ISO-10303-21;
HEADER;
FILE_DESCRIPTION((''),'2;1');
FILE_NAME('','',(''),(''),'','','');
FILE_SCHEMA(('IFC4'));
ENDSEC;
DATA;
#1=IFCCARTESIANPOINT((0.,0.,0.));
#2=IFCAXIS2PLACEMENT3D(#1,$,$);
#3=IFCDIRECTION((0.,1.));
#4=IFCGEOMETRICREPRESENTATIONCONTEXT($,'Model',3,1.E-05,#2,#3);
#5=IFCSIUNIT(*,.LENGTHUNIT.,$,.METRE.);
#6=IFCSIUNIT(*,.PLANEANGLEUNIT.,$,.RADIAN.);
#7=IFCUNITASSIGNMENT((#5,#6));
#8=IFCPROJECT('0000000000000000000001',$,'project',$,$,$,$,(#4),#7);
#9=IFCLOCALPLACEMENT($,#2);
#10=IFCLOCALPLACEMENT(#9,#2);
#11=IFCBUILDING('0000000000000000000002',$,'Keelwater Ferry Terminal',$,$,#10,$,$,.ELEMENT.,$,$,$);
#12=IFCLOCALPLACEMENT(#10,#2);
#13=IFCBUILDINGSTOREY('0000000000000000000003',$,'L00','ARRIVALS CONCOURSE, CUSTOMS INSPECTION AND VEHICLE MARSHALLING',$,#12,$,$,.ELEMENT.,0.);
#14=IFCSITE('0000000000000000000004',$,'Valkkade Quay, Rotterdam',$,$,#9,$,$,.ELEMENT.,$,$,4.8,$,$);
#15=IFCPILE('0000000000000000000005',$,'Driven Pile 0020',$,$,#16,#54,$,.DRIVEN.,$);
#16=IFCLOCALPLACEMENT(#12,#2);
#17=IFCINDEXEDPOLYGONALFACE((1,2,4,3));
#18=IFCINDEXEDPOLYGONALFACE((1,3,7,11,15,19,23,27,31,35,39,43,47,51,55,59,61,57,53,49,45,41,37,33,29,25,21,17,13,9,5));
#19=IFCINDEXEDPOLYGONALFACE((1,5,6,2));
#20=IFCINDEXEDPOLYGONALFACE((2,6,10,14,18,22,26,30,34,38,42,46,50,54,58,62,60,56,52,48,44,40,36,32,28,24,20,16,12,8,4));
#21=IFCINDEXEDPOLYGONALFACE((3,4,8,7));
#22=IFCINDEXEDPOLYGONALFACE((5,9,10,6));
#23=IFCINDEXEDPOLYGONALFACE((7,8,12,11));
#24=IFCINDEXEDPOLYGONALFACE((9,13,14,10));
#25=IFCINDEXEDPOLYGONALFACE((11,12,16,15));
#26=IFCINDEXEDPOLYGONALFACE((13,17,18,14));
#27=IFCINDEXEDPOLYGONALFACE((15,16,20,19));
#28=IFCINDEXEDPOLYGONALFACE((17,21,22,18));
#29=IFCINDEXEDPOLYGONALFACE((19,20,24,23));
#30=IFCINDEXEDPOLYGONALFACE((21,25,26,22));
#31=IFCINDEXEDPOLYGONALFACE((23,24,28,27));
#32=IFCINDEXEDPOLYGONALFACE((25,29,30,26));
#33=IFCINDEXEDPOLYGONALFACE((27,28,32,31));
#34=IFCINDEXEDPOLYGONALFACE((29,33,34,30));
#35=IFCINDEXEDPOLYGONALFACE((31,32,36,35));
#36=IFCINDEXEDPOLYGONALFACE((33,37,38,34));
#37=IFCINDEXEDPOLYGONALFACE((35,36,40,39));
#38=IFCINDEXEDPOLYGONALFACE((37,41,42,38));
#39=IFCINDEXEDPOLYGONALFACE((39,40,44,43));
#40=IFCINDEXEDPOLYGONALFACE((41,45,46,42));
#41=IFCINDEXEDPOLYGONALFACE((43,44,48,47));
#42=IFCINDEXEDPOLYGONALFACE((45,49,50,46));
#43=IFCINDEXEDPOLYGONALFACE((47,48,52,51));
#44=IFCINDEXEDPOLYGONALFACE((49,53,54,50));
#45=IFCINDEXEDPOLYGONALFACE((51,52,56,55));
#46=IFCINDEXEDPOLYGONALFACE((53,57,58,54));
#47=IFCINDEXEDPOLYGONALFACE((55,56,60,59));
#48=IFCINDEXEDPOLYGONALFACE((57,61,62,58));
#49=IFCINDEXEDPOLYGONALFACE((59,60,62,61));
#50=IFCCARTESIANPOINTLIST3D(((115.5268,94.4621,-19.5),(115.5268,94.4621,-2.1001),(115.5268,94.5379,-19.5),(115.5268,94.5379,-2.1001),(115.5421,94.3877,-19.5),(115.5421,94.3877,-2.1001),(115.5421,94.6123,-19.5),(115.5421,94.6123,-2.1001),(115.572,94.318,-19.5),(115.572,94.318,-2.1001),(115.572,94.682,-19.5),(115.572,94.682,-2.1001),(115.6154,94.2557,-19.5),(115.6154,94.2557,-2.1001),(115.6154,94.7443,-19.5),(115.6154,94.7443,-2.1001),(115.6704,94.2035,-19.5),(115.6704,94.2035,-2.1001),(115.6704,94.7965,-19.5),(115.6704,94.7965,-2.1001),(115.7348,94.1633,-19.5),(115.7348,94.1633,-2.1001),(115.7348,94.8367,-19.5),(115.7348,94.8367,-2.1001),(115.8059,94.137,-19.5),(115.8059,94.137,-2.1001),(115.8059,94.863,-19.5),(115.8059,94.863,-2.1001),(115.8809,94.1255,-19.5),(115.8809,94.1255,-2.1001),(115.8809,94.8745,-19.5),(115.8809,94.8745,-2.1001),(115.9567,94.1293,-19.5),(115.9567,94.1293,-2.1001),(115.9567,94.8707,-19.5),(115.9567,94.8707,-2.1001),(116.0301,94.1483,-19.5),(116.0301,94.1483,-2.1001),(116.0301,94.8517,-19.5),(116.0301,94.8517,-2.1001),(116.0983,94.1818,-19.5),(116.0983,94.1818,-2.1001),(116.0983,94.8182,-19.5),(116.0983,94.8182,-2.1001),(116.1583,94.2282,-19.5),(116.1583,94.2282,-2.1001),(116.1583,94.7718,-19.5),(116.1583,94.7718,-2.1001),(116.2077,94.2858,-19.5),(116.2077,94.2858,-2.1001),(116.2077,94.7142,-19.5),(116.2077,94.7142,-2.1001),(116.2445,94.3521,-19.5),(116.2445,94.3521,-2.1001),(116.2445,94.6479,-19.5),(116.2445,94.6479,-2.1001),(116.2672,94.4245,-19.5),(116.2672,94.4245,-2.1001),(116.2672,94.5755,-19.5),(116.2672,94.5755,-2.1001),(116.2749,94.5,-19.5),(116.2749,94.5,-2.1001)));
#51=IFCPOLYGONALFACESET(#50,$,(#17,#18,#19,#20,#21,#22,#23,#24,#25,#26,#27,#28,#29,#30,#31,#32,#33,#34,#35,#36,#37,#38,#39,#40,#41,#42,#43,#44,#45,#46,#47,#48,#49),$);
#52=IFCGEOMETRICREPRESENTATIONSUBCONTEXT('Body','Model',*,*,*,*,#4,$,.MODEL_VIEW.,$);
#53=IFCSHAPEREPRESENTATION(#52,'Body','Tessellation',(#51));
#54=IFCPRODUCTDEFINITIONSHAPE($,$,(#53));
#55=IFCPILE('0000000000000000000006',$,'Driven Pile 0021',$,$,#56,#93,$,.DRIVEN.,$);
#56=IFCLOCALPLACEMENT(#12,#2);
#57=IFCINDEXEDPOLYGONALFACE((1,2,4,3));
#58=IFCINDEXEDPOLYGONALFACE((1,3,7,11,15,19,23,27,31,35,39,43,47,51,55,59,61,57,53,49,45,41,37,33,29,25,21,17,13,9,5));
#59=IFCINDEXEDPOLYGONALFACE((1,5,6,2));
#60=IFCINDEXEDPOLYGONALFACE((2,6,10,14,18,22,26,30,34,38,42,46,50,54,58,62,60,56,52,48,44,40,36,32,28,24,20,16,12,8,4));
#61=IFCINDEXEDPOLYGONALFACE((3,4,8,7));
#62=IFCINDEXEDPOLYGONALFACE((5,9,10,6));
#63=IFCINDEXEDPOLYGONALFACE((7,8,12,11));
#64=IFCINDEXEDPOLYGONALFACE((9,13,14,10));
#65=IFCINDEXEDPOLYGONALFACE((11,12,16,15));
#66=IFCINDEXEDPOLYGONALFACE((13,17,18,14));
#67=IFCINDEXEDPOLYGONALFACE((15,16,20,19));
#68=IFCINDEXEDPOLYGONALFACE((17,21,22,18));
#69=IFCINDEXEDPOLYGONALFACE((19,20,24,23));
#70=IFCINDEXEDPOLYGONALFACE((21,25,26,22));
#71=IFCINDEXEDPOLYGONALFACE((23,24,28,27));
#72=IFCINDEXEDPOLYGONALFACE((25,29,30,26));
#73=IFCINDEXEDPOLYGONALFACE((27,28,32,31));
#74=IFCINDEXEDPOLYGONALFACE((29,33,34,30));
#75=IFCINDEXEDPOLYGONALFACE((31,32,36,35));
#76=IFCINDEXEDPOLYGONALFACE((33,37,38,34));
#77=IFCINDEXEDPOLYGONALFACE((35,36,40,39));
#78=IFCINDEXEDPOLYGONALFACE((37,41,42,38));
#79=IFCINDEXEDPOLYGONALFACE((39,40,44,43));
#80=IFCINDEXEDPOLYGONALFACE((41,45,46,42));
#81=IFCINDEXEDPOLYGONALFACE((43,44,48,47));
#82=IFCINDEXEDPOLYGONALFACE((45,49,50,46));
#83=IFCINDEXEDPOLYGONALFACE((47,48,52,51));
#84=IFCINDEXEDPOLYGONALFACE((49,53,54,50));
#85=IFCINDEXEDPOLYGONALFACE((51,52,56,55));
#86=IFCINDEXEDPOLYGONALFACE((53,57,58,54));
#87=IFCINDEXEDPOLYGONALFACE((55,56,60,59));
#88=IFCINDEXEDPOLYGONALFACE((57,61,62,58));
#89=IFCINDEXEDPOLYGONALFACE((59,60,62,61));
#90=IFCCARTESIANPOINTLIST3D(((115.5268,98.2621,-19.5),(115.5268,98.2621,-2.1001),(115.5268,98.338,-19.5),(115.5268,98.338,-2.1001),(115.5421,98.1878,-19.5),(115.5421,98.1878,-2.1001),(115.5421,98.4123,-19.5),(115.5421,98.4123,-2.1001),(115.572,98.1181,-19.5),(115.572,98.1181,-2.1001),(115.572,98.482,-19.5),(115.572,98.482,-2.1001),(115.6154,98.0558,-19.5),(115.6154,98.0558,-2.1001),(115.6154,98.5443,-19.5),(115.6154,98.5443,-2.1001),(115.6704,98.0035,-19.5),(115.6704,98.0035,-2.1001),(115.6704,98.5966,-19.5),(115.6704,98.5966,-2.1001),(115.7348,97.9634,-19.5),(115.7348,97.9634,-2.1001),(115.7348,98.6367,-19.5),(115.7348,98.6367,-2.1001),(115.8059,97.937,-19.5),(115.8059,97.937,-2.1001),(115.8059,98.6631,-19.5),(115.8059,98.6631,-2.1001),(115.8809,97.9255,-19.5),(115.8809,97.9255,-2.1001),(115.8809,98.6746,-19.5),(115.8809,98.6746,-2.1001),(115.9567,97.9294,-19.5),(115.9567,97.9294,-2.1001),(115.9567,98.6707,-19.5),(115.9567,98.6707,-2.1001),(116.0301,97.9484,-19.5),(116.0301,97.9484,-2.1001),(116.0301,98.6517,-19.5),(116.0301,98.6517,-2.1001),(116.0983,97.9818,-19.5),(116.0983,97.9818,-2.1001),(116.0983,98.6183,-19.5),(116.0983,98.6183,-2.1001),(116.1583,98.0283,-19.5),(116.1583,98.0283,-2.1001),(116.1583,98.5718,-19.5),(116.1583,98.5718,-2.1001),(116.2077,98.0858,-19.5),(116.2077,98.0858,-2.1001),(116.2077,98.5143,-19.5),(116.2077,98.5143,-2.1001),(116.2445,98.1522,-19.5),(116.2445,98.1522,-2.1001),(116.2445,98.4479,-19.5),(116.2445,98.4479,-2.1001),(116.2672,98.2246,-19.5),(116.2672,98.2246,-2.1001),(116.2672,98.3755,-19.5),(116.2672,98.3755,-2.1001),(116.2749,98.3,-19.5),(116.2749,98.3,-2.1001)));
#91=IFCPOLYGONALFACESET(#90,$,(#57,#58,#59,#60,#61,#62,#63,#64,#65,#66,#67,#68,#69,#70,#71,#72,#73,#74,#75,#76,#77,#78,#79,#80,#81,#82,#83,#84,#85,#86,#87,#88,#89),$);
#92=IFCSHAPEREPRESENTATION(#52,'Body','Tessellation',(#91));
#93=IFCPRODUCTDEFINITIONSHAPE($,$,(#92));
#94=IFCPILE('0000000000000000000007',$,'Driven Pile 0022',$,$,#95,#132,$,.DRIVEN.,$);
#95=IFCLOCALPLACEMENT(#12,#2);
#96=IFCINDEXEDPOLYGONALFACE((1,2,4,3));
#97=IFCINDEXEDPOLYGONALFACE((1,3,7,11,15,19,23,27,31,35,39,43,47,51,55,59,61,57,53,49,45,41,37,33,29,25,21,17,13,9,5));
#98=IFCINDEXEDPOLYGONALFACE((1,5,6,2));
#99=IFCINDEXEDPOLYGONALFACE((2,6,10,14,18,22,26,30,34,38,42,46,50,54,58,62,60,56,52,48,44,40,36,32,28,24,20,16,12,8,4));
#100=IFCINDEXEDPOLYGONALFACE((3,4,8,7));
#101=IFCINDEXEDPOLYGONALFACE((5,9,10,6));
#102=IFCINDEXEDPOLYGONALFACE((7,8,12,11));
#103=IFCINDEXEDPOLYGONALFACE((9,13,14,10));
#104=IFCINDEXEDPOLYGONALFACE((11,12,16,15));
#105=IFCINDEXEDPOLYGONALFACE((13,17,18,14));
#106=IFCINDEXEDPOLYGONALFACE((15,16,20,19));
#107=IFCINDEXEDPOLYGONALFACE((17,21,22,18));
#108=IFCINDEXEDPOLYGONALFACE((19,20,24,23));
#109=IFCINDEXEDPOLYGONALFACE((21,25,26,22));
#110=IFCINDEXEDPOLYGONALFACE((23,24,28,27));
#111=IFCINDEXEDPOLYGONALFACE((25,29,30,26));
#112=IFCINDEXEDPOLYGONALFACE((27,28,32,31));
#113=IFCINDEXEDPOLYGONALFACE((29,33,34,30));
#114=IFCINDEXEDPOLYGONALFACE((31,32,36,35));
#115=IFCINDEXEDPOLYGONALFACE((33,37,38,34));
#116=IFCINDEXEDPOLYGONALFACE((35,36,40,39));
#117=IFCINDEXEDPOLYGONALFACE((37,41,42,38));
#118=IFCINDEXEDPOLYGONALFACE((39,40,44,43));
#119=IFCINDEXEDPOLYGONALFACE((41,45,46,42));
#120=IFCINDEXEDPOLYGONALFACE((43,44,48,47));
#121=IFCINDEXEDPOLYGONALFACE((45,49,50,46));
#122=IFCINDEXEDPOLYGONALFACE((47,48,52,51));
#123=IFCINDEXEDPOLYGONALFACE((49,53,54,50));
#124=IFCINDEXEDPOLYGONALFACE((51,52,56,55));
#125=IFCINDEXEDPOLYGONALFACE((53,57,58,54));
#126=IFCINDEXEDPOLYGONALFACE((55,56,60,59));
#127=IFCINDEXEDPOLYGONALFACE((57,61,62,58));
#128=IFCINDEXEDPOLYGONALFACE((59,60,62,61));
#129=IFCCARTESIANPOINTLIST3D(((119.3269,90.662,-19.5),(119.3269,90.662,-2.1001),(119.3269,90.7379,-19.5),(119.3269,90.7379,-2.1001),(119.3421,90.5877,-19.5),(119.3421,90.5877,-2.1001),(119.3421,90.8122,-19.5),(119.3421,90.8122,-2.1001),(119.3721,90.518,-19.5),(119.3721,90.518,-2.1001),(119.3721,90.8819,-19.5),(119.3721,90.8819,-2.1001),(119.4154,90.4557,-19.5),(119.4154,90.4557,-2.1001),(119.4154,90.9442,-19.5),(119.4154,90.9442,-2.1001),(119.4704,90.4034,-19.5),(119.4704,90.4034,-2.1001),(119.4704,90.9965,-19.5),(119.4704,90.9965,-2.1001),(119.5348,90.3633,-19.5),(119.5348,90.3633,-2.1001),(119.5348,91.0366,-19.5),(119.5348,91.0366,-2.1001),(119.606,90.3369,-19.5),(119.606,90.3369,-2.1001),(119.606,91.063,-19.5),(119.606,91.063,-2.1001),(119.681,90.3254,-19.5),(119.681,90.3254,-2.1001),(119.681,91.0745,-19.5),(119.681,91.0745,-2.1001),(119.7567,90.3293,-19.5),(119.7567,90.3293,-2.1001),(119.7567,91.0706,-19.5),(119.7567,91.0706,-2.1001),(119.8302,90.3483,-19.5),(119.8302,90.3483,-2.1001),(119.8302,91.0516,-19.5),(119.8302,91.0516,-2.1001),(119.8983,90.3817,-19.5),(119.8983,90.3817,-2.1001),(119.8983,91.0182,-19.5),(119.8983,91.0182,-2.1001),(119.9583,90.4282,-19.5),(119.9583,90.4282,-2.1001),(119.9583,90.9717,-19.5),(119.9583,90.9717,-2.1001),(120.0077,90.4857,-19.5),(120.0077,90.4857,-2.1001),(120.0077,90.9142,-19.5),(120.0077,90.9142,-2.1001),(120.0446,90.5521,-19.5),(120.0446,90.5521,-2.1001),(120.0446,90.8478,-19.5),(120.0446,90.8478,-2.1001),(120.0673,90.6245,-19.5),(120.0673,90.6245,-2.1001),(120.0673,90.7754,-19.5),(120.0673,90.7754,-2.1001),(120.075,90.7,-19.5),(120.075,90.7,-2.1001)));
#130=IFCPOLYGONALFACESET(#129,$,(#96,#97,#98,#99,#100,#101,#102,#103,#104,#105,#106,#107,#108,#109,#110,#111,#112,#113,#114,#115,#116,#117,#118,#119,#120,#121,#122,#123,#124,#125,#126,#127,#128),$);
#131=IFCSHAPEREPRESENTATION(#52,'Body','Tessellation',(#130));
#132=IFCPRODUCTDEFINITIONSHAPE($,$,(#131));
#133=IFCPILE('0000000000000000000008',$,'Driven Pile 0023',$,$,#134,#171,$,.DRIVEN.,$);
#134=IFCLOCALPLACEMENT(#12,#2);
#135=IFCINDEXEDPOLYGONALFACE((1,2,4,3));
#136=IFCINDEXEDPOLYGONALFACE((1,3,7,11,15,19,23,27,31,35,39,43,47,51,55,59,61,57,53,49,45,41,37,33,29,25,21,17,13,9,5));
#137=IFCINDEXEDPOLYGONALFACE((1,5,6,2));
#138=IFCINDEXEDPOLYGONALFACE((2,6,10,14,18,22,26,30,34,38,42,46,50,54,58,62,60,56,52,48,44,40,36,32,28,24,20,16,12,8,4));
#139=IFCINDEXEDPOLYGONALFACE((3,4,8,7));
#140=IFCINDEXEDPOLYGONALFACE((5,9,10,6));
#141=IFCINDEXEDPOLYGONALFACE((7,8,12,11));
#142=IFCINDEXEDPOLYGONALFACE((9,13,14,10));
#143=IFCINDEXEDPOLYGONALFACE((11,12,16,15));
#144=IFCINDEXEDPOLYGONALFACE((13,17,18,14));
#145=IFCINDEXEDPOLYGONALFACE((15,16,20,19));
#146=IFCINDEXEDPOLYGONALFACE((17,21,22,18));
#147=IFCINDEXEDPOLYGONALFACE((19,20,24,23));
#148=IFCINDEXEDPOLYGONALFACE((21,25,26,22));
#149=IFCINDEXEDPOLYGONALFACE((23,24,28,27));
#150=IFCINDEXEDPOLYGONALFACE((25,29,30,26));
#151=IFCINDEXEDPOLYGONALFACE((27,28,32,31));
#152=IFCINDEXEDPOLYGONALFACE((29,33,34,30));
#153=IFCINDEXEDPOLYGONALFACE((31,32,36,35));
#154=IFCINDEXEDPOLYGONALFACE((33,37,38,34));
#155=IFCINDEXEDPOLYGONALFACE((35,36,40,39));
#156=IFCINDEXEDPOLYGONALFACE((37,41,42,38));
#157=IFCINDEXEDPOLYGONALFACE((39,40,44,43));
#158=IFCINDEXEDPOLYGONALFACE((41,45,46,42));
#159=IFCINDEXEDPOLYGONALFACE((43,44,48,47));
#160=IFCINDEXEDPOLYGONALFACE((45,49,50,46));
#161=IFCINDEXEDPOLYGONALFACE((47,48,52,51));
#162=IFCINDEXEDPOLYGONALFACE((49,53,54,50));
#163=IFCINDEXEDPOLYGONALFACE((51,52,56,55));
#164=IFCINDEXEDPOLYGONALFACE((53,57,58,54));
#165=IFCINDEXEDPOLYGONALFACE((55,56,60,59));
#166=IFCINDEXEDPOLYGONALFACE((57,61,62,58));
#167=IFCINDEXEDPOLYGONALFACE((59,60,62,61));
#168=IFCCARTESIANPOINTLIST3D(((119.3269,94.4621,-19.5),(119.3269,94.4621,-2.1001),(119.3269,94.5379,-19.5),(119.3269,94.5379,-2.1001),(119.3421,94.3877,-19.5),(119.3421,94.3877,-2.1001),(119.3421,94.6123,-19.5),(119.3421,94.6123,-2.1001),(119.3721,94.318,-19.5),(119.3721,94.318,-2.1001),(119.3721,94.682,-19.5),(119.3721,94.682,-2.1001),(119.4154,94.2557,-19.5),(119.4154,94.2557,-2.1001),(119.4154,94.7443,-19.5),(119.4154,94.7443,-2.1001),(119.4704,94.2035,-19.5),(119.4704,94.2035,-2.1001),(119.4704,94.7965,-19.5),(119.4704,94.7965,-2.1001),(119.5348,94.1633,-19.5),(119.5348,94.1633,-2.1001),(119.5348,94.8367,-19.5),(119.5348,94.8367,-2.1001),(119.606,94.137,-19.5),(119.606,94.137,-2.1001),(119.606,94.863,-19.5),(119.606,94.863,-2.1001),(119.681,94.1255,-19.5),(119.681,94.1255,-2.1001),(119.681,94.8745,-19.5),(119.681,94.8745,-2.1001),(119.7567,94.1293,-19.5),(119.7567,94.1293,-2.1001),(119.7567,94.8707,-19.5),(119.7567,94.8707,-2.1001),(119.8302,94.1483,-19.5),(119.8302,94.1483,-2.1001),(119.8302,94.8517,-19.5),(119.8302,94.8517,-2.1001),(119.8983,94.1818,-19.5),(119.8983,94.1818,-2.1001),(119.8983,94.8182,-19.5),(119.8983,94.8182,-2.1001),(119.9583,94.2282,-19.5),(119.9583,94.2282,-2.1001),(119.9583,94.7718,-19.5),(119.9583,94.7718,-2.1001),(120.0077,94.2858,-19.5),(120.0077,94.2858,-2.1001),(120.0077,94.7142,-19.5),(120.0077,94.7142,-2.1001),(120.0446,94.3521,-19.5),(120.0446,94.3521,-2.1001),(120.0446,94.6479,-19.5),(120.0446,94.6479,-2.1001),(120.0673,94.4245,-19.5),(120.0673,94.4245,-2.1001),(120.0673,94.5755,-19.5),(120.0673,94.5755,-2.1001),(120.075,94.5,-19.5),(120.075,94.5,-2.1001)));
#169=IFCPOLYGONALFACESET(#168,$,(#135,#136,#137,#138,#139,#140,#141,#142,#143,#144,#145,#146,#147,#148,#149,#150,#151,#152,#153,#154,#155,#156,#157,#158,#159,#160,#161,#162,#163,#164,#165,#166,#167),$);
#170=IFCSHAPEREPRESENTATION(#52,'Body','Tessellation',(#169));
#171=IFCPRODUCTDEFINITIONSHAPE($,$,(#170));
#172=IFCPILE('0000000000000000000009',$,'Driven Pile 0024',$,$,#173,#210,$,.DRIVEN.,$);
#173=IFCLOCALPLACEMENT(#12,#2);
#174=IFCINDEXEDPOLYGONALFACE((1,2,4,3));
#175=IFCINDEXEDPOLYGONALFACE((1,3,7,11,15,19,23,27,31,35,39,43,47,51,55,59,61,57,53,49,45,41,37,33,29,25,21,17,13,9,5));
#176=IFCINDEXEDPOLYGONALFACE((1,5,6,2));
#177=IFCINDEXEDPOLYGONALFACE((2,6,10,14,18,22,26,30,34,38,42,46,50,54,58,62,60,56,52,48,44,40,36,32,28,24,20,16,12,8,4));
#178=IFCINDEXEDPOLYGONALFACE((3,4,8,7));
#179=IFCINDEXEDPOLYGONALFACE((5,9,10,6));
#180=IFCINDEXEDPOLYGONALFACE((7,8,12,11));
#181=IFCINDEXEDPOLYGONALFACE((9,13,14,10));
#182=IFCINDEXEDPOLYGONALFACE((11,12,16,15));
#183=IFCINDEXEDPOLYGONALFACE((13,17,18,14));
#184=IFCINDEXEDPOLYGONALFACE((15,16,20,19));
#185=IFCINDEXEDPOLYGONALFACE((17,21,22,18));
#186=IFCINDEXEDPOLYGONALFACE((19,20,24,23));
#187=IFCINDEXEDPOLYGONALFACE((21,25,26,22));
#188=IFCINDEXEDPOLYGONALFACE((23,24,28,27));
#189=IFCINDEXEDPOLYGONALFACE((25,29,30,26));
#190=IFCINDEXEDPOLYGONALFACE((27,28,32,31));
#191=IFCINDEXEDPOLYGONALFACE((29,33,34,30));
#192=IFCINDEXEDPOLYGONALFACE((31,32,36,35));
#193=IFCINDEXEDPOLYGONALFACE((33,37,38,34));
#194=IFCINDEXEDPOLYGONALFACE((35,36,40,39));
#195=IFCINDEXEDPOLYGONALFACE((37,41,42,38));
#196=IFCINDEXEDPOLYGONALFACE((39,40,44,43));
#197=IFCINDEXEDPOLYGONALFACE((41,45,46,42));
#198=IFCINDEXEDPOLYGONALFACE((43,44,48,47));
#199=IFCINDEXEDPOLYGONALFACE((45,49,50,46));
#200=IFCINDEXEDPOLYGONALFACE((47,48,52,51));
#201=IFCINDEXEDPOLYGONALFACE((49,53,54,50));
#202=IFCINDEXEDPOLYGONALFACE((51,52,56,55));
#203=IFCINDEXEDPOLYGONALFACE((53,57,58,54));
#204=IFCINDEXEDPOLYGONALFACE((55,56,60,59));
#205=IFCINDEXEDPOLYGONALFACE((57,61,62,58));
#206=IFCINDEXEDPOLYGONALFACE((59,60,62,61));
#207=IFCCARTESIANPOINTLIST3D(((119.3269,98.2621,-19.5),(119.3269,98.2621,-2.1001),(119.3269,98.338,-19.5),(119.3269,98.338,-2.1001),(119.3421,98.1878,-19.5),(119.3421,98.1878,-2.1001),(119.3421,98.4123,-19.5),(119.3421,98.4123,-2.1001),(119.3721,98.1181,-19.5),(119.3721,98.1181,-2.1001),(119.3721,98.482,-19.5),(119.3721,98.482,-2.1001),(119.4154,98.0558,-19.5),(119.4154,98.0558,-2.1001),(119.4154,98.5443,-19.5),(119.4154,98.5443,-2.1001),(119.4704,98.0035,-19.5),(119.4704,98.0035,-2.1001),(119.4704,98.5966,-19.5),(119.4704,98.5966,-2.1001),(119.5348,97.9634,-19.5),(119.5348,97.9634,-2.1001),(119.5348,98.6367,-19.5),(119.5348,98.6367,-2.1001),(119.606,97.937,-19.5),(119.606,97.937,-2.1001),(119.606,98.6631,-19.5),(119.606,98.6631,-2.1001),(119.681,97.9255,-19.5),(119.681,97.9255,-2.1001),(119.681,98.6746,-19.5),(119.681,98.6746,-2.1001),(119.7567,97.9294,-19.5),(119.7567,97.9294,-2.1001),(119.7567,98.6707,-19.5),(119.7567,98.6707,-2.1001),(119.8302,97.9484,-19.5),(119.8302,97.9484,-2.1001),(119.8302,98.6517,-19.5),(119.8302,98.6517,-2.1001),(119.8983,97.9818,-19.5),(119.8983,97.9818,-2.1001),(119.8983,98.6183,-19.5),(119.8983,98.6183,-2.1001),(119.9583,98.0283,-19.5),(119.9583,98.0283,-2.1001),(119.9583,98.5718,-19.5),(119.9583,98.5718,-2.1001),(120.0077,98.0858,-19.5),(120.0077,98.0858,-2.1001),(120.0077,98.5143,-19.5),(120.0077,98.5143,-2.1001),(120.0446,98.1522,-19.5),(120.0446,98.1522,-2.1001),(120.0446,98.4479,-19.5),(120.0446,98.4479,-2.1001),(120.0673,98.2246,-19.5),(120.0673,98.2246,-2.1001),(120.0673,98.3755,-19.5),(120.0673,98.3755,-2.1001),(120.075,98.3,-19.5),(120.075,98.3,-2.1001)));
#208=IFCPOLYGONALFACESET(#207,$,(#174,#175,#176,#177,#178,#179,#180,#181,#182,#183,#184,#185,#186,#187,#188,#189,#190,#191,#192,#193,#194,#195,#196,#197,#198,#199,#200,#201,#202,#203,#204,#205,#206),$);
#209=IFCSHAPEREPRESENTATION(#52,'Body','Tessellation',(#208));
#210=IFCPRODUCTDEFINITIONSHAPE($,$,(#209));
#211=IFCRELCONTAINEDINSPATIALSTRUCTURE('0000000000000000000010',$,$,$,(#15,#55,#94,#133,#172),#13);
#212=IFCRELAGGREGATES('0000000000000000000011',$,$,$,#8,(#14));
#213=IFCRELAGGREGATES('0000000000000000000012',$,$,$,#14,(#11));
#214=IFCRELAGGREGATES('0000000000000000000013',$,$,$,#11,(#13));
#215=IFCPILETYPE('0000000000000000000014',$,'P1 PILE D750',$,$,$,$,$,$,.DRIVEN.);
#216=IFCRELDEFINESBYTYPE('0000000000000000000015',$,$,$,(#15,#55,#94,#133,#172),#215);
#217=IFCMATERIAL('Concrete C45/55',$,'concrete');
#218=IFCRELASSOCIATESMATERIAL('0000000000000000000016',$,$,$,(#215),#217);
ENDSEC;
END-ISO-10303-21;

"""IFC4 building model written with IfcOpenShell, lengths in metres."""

from ifc_helpers import new_model, si_unit, direction, frame, origin, origin_2d, place, context, subcontext, project, spatial, circle, extrude, material, material_profile, profile_set, type_object, element, save


model = new_model("IFC4")

# Units and contexts
model_context = context("Model", 3, precision=1e-05, world=origin(), true_north=direction((0.0, 1.0)))
body_context = subcontext(model_context, "Body", "Model", "MODEL_VIEW")
ifc_project = project(units=[si_unit("LENGTHUNIT", "METRE"), si_unit("PLANEANGLEUNIT", "RADIAN")], contexts=[model_context])

# Site, building, storey
site_placement = place(None, origin())
site = spatial("IfcSite", under=ifc_project, at=site_placement, Name="Valkkade Quay, Rotterdam", CompositionType="ELEMENT", RefElevation=4.8)
building_placement = place(site_placement, origin())
building = spatial("IfcBuilding", under=site, at=building_placement, Name="Keelwater Ferry Terminal", CompositionType="ELEMENT")
storey_placement = place(building_placement, origin())
storey = spatial("IfcBuildingStorey", under=building, at=storey_placement, Name="L00", Description="ARRIVALS CONCOURSE, CUSTOMS INSPECTION AND VEHICLE MARSHALLING", CompositionType="ELEMENT", Elevation=0.0)

# Piles
ifc_material_1 = material(Name="Concrete C45/55", Category="concrete")
ifc_material_profile_1 = material_profile(ifc_material_1, circle(Radius=0.375, at=origin_2d()), Name="PILE D750")
ifc_profile_set_1 = profile_set([ifc_material_profile_1], Name="Concrete C45/55")
pile_type = type_object("IfcPileType", Name="P1 PILE D750", PredefinedType="DRIVEN", material=ifc_profile_set_1)
for number, where, z_axis, x_axis, name in (
    (1, (115.8999, 94.5, -2.1001), (0.0, 0.0, -1.0), (1.0, 0.0, 0.0), "Driven Pile 0020"),
    (2, (115.8999, 98.3, -2.1001), (0.0, 0.0, -1.0), (1.0, 0.0, 0.0), "Driven Pile 0021"),
    (3, (119.7, 90.7, -2.1001), (0.0, 0.0, -1.0), (1.0, 0.0, 0.0), "Driven Pile 0022"),
    (4, (119.7, 94.5, -2.1001), (0.0, 0.0, -1.0), (1.0, 0.0, 0.0), "Driven Pile 0023"),
    (5, (119.7, 98.3, -2.1001), (0.0, 0.0, -1.0), (1.0, 0.0, 0.0), "Driven Pile 0024"),
):
    element("IfcPile", number, at=place(storey_placement, frame(where, z_axis=z_axis, x_axis=x_axis)), inside=storey, type_object=pile_type, Name=name, PredefinedType="DRIVEN", context=body_context, shape_type="SweptSolid", body=[
        extrude(circle(Radius=0.375, at=origin_2d()), origin(), (0.0, 0.0, 1.0), 17.3999),
    ])

save(model, "model.ifc")
